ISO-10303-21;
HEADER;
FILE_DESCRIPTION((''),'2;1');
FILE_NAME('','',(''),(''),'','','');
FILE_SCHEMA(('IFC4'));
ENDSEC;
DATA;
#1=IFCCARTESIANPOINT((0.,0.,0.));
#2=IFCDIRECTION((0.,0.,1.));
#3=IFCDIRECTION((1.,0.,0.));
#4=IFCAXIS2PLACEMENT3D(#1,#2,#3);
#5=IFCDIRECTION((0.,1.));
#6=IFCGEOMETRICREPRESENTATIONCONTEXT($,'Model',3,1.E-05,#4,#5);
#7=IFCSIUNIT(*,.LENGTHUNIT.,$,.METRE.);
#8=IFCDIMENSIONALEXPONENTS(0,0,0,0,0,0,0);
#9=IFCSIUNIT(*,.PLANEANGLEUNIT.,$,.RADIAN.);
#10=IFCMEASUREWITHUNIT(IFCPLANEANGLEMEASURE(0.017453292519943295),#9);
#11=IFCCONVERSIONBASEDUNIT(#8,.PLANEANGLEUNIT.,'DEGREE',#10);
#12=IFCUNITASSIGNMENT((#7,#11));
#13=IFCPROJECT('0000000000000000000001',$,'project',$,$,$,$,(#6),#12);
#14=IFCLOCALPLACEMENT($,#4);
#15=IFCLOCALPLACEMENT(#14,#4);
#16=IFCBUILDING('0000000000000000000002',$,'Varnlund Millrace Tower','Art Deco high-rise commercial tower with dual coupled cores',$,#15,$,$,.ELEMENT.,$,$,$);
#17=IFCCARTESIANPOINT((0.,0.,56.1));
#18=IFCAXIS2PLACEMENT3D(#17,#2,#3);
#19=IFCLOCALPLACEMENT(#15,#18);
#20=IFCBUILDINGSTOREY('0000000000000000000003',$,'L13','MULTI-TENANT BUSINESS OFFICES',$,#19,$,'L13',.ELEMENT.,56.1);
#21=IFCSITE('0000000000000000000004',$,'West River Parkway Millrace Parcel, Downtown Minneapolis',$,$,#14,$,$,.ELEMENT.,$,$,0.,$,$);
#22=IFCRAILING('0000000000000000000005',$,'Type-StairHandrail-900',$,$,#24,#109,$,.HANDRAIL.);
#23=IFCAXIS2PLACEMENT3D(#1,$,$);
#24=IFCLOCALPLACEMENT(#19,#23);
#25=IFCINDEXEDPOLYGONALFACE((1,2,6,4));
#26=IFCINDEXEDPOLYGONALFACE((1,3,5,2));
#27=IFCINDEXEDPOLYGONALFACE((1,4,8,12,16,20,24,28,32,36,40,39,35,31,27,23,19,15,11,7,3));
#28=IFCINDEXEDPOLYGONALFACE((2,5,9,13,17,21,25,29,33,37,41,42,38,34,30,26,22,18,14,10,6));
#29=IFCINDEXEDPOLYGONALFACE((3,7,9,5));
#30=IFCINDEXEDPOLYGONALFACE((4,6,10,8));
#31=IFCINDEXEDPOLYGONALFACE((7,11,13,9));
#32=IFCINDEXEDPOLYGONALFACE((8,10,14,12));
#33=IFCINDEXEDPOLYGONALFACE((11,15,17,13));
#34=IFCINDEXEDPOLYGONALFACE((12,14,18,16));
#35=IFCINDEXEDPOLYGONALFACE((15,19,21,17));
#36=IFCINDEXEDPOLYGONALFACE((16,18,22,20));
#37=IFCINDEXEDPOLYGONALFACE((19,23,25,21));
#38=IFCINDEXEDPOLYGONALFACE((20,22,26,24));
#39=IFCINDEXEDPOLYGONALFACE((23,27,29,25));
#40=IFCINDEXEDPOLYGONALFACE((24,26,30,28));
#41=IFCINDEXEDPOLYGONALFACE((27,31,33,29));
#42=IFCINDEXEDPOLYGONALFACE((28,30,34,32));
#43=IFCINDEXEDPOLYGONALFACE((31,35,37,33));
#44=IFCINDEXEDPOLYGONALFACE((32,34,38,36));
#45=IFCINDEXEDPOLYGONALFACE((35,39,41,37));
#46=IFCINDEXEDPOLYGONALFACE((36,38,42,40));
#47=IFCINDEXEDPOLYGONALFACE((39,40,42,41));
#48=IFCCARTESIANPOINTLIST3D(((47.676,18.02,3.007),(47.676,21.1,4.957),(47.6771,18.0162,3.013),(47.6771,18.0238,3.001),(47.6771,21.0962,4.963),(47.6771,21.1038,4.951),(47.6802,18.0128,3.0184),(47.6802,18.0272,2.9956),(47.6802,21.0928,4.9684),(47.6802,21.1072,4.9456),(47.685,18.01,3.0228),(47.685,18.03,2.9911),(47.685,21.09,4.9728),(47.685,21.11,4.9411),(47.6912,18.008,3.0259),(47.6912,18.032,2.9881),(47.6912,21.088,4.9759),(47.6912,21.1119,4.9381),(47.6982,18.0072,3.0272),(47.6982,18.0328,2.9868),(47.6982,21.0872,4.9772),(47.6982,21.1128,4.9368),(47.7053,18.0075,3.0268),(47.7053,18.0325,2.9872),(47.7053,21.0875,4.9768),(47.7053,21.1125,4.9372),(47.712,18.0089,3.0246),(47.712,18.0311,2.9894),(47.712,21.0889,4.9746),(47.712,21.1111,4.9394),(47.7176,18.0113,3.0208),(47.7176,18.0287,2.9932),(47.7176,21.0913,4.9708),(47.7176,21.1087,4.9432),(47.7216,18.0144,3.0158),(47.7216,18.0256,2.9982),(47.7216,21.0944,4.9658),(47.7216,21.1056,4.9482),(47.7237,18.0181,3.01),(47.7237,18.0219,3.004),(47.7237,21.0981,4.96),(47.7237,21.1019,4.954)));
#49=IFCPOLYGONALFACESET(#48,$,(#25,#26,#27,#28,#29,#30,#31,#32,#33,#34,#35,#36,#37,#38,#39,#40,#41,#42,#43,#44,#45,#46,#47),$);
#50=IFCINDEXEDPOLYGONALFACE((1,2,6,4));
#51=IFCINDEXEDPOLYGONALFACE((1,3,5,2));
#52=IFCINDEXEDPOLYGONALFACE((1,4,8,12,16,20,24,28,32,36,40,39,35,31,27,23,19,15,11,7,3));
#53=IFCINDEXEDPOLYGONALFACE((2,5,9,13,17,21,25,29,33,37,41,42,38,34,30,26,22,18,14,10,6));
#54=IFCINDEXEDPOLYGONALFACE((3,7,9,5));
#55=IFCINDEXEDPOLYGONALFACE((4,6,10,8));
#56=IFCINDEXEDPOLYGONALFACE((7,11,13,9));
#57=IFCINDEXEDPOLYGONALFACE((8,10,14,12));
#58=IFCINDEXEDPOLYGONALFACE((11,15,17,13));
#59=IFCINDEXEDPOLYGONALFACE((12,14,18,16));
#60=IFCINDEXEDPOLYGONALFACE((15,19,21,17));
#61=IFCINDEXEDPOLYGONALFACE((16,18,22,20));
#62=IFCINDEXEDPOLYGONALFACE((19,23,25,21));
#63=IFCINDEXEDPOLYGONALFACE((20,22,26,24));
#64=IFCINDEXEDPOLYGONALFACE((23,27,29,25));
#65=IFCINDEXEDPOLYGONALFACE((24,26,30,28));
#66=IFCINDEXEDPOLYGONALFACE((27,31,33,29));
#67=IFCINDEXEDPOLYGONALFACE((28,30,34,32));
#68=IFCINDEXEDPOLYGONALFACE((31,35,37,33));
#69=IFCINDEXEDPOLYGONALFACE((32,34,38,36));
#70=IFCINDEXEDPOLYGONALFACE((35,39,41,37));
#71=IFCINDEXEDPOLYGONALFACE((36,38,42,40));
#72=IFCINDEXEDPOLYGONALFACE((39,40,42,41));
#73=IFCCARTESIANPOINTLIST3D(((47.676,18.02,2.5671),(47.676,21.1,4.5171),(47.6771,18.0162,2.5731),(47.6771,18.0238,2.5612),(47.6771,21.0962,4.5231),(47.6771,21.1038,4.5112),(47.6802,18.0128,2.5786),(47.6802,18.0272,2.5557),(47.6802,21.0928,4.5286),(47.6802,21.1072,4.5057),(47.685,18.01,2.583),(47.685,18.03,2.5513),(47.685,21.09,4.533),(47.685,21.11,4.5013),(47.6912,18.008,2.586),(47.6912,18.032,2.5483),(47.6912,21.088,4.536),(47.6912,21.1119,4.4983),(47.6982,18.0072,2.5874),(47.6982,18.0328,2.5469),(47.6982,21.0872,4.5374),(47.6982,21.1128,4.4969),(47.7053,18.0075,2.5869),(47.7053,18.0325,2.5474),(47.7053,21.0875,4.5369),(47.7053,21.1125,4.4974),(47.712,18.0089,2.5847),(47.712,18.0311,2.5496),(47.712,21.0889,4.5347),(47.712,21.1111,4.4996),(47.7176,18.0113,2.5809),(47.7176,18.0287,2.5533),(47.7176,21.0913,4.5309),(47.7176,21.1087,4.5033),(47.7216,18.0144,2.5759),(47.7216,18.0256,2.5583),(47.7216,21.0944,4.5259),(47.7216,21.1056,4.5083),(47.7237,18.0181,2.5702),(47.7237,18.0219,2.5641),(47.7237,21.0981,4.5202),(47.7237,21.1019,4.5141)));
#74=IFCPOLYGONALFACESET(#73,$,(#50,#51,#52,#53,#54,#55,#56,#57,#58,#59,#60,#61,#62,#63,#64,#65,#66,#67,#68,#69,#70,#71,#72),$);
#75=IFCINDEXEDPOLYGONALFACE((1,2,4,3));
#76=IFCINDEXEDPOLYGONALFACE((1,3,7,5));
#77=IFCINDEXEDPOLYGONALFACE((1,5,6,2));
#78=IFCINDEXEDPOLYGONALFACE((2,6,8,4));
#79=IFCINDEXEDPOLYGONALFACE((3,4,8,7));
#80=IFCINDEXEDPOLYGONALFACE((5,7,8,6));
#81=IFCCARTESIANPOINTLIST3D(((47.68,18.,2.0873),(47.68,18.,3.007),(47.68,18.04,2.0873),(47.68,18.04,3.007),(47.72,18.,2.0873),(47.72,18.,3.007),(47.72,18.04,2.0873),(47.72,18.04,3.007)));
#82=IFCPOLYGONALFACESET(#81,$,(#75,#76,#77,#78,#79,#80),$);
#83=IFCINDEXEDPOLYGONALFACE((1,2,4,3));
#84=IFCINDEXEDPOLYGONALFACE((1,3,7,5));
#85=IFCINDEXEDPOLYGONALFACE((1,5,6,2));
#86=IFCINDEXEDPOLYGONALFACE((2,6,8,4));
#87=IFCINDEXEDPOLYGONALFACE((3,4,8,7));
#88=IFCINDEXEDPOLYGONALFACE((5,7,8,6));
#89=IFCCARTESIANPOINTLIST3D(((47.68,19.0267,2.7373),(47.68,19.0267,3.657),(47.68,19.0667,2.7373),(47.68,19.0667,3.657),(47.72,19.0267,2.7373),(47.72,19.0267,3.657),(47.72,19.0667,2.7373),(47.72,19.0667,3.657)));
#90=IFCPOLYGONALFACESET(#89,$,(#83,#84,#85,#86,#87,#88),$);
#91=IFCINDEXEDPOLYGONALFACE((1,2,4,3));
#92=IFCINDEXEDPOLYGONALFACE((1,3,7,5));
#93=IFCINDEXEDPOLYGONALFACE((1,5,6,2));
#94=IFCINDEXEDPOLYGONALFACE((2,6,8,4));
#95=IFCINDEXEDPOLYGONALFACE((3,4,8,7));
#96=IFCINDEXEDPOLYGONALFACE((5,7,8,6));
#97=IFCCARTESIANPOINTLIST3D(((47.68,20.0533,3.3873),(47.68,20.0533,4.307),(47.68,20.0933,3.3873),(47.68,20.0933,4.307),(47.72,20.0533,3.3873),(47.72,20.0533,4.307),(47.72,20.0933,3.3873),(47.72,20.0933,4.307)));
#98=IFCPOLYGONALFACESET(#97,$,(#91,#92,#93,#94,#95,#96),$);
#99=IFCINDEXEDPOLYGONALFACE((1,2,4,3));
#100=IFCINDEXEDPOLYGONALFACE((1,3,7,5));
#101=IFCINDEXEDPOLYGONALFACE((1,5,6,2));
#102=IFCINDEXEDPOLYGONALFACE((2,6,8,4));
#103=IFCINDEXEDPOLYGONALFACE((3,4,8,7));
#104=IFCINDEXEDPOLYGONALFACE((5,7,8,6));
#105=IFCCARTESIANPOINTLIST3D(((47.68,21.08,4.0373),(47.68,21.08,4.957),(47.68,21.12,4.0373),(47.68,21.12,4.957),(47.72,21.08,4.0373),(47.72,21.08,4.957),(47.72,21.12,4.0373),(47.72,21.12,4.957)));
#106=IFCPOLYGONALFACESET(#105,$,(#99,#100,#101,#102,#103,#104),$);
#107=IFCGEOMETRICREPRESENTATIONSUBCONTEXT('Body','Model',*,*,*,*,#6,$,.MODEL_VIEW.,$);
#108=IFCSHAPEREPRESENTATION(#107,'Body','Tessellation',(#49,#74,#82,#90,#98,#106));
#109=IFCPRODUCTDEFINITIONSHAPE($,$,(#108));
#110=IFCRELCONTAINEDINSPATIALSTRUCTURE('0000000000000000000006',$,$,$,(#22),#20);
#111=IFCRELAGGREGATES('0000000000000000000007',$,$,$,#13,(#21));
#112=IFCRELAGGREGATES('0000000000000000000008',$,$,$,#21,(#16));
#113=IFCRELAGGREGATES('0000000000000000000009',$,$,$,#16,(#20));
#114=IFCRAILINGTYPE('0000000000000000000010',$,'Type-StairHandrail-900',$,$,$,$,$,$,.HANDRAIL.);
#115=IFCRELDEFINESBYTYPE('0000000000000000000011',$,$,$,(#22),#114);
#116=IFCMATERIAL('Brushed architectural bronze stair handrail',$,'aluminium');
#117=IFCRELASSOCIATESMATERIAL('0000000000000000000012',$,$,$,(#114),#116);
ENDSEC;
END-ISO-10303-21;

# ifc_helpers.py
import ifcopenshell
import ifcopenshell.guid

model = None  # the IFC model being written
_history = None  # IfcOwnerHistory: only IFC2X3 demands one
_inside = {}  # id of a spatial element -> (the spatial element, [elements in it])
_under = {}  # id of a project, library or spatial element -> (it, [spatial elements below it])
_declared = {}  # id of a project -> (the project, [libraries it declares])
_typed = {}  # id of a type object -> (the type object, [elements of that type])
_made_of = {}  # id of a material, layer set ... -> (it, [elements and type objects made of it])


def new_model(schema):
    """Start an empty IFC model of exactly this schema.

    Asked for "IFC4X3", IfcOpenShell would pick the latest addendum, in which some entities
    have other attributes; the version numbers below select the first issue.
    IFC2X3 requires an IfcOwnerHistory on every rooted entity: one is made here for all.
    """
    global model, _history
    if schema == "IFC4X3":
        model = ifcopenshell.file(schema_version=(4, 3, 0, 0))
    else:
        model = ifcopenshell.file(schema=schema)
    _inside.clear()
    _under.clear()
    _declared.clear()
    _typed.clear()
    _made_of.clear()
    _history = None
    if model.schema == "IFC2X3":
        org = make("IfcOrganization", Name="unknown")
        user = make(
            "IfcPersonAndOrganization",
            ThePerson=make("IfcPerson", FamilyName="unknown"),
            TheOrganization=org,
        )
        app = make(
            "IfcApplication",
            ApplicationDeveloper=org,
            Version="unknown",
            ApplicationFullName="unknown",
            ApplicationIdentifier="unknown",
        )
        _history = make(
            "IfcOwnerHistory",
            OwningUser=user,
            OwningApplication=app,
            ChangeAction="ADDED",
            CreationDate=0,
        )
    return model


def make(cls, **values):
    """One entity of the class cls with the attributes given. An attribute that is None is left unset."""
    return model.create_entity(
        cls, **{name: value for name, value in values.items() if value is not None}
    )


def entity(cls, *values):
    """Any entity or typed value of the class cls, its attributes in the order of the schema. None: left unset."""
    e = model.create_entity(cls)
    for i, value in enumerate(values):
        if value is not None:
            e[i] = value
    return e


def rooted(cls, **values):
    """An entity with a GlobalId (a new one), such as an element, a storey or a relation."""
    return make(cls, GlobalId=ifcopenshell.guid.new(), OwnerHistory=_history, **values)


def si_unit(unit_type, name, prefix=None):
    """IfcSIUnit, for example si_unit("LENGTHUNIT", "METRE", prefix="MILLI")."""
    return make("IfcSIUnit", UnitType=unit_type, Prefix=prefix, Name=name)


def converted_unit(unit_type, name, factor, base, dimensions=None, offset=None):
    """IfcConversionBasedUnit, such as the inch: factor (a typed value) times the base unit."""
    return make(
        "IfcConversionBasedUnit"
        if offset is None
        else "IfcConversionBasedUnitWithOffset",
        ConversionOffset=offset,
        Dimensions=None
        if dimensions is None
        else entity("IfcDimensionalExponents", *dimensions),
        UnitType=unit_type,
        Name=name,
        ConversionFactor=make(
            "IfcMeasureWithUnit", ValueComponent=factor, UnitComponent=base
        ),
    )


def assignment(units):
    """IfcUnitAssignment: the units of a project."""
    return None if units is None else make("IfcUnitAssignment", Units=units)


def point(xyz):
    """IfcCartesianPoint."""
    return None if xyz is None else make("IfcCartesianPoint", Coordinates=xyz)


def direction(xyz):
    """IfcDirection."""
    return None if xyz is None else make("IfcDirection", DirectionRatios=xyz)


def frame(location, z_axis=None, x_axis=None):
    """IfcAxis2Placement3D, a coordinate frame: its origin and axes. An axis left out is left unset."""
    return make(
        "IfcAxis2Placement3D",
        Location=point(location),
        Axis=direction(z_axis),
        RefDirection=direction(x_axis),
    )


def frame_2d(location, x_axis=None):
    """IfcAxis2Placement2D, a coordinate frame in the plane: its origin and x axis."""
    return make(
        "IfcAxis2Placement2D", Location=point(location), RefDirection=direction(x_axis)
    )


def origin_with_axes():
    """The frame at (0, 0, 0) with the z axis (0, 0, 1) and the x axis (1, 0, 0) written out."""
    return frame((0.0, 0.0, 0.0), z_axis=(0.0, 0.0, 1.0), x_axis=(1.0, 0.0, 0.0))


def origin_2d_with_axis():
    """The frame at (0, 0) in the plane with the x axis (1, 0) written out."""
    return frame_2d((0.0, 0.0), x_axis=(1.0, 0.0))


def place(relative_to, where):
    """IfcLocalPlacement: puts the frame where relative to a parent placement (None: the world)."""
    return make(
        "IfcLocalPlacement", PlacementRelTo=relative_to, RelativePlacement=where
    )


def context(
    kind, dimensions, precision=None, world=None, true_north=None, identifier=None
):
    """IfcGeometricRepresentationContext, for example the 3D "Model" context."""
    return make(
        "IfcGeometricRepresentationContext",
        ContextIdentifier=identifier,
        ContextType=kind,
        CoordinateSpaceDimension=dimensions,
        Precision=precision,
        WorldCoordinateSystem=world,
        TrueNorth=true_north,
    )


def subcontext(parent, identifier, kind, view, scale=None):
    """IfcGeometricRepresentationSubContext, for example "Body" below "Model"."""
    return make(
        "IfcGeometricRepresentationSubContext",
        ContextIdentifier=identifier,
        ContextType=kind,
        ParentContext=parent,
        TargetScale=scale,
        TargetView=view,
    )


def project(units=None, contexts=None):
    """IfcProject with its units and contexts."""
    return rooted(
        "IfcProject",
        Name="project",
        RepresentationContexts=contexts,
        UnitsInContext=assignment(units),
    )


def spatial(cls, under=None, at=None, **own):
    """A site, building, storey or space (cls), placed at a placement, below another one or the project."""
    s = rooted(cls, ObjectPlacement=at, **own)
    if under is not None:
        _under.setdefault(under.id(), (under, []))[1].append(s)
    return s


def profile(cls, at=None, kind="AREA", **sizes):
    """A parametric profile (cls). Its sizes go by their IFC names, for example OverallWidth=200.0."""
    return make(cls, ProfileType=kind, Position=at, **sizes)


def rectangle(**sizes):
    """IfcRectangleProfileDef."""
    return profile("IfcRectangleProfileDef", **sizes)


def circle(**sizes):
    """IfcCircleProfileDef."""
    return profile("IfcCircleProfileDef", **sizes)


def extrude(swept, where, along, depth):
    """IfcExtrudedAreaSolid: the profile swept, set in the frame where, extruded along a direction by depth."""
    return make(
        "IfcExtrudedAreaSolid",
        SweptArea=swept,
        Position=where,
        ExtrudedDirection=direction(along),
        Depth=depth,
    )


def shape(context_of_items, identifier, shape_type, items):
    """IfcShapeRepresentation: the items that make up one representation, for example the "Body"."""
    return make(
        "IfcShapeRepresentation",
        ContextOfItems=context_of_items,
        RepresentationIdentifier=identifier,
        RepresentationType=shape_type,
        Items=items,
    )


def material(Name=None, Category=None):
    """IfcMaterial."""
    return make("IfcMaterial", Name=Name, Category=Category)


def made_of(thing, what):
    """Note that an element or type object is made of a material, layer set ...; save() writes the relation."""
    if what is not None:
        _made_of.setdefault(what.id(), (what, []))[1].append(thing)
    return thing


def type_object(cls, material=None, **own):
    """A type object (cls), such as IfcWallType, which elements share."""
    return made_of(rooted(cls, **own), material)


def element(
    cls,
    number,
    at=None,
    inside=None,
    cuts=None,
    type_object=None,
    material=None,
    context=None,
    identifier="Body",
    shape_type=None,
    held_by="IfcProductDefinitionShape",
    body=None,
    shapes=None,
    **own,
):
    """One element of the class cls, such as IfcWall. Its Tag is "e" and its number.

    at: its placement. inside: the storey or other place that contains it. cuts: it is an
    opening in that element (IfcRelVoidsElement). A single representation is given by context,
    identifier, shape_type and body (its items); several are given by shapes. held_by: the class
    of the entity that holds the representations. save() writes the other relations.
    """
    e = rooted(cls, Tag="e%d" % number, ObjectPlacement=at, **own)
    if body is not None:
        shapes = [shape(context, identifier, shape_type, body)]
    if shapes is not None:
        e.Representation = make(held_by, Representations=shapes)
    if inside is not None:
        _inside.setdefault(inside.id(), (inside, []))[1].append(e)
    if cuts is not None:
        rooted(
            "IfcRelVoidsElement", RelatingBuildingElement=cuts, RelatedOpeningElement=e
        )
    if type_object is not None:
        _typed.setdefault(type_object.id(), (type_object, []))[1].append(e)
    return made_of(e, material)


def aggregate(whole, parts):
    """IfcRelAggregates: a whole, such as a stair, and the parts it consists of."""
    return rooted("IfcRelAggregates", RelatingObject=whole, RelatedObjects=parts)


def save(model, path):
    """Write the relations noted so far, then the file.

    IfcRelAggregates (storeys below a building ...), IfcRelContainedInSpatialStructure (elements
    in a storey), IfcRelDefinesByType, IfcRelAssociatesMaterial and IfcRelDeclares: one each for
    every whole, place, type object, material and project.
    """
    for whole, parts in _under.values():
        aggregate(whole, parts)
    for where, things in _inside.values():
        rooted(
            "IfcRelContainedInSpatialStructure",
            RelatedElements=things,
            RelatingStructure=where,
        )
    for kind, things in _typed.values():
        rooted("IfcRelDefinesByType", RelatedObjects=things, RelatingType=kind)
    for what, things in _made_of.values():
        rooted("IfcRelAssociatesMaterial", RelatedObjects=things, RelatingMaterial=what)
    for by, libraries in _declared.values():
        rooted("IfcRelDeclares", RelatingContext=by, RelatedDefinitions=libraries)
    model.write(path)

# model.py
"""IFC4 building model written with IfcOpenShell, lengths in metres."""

from ifc_helpers import new_model, entity, si_unit, converted_unit, direction, frame, origin_with_axes, origin_2d_with_axis, place, context, subcontext, project, spatial, rectangle, circle, extrude, material, type_object, element, save


model = new_model("IFC4")

# Units and contexts
model_context = context("Model", 3, precision=1e-05, world=origin_with_axes(), true_north=direction((0.0, 1.0)))
body_context = subcontext(model_context, "Body", "Model", "MODEL_VIEW")
ifc_project = project(units=[si_unit("LENGTHUNIT", "METRE"), converted_unit("PLANEANGLEUNIT", "DEGREE", entity("IfcPlaneAngleMeasure", 0.017453292519943295), si_unit("PLANEANGLEUNIT", "RADIAN"), dimensions=[0, 0, 0, 0, 0, 0, 0])], contexts=[model_context])

# Site, building, storey
site_placement = place(None, origin_with_axes())
site = spatial("IfcSite", under=ifc_project, at=site_placement, Name="West River Parkway Millrace Parcel, Downtown Minneapolis", CompositionType="ELEMENT", RefElevation=0.0)
building_placement = place(site_placement, origin_with_axes())
building = spatial("IfcBuilding", under=site, at=building_placement, Name="Varnlund Millrace Tower", Description="Art Deco high-rise commercial tower with dual coupled cores", CompositionType="ELEMENT")
storey_placement = place(building_placement, frame((0.0, 0.0, 56.1), z_axis=(0.0, 0.0, 1.0), x_axis=(1.0, 0.0, 0.0)))
storey = spatial("IfcBuildingStorey", under=building, at=storey_placement, Name="L13", Description="MULTI-TENANT BUSINESS OFFICES", LongName="L13", CompositionType="ELEMENT", Elevation=56.1)

# Railing
ifc_material_1 = material(Name="Brushed architectural bronze stair handrail", Category="aluminium")
railing_type_1 = type_object("IfcRailingType", Name="Type-StairHandrail-900", PredefinedType="HANDRAIL", material=ifc_material_1)
railing_1_placement = place(storey_placement, frame((0.0, 0.0, -56.1), z_axis=(0.0, 0.0, 1.0), x_axis=(1.0, 0.0, 0.0)))
element("IfcRailing", 1, at=railing_1_placement, inside=storey, type_object=railing_type_1, Name="Type-StairHandrail-900", PredefinedType="HANDRAIL", context=body_context, shape_type="SweptSolid", body=[
    extrude(circle(Radius=0.024, at=origin_2d_with_axis()), frame((47.7, 18.02, 59.107), z_axis=(0.0, 0.844902, 0.534922), x_axis=(-1.0, 0.0, 0.0)), (0.0, 0.0, 1.0), 3.6454),
    extrude(circle(Radius=0.024, at=origin_2d_with_axis()), frame((47.7, 18.02, 58.6671), z_axis=(0.0, 0.844902, 0.534922), x_axis=(-1.0, 0.0, 0.0)), (0.0, 0.0, 1.0), 3.6454),
    extrude(rectangle(XDim=0.04, YDim=0.04, at=origin_2d_with_axis()), frame((47.7, 18.02, 58.1873), z_axis=(0.0, 0.0, 1.0), x_axis=(1.0, 0.0, 0.0)), (0.0, 0.0, 1.0), 0.9197),
    extrude(rectangle(XDim=0.04, YDim=0.04, at=origin_2d_with_axis()), frame((47.7, 19.0467, 58.8373), z_axis=(0.0, 0.0, 1.0), x_axis=(1.0, 0.0, 0.0)), (0.0, 0.0, 1.0), 0.9197),
    extrude(rectangle(XDim=0.04, YDim=0.04, at=origin_2d_with_axis()), frame((47.7, 20.0733, 59.4873), z_axis=(0.0, 0.0, 1.0), x_axis=(1.0, 0.0, 0.0)), (0.0, 0.0, 1.0), 0.9197),
    extrude(rectangle(XDim=0.04, YDim=0.04, at=origin_2d_with_axis()), frame((47.7, 21.1, 60.1373), z_axis=(0.0, 0.0, 1.0), x_axis=(1.0, 0.0, 0.0)), (0.0, 0.0, 1.0), 0.9197),
])

save(model, "model.ifc")
